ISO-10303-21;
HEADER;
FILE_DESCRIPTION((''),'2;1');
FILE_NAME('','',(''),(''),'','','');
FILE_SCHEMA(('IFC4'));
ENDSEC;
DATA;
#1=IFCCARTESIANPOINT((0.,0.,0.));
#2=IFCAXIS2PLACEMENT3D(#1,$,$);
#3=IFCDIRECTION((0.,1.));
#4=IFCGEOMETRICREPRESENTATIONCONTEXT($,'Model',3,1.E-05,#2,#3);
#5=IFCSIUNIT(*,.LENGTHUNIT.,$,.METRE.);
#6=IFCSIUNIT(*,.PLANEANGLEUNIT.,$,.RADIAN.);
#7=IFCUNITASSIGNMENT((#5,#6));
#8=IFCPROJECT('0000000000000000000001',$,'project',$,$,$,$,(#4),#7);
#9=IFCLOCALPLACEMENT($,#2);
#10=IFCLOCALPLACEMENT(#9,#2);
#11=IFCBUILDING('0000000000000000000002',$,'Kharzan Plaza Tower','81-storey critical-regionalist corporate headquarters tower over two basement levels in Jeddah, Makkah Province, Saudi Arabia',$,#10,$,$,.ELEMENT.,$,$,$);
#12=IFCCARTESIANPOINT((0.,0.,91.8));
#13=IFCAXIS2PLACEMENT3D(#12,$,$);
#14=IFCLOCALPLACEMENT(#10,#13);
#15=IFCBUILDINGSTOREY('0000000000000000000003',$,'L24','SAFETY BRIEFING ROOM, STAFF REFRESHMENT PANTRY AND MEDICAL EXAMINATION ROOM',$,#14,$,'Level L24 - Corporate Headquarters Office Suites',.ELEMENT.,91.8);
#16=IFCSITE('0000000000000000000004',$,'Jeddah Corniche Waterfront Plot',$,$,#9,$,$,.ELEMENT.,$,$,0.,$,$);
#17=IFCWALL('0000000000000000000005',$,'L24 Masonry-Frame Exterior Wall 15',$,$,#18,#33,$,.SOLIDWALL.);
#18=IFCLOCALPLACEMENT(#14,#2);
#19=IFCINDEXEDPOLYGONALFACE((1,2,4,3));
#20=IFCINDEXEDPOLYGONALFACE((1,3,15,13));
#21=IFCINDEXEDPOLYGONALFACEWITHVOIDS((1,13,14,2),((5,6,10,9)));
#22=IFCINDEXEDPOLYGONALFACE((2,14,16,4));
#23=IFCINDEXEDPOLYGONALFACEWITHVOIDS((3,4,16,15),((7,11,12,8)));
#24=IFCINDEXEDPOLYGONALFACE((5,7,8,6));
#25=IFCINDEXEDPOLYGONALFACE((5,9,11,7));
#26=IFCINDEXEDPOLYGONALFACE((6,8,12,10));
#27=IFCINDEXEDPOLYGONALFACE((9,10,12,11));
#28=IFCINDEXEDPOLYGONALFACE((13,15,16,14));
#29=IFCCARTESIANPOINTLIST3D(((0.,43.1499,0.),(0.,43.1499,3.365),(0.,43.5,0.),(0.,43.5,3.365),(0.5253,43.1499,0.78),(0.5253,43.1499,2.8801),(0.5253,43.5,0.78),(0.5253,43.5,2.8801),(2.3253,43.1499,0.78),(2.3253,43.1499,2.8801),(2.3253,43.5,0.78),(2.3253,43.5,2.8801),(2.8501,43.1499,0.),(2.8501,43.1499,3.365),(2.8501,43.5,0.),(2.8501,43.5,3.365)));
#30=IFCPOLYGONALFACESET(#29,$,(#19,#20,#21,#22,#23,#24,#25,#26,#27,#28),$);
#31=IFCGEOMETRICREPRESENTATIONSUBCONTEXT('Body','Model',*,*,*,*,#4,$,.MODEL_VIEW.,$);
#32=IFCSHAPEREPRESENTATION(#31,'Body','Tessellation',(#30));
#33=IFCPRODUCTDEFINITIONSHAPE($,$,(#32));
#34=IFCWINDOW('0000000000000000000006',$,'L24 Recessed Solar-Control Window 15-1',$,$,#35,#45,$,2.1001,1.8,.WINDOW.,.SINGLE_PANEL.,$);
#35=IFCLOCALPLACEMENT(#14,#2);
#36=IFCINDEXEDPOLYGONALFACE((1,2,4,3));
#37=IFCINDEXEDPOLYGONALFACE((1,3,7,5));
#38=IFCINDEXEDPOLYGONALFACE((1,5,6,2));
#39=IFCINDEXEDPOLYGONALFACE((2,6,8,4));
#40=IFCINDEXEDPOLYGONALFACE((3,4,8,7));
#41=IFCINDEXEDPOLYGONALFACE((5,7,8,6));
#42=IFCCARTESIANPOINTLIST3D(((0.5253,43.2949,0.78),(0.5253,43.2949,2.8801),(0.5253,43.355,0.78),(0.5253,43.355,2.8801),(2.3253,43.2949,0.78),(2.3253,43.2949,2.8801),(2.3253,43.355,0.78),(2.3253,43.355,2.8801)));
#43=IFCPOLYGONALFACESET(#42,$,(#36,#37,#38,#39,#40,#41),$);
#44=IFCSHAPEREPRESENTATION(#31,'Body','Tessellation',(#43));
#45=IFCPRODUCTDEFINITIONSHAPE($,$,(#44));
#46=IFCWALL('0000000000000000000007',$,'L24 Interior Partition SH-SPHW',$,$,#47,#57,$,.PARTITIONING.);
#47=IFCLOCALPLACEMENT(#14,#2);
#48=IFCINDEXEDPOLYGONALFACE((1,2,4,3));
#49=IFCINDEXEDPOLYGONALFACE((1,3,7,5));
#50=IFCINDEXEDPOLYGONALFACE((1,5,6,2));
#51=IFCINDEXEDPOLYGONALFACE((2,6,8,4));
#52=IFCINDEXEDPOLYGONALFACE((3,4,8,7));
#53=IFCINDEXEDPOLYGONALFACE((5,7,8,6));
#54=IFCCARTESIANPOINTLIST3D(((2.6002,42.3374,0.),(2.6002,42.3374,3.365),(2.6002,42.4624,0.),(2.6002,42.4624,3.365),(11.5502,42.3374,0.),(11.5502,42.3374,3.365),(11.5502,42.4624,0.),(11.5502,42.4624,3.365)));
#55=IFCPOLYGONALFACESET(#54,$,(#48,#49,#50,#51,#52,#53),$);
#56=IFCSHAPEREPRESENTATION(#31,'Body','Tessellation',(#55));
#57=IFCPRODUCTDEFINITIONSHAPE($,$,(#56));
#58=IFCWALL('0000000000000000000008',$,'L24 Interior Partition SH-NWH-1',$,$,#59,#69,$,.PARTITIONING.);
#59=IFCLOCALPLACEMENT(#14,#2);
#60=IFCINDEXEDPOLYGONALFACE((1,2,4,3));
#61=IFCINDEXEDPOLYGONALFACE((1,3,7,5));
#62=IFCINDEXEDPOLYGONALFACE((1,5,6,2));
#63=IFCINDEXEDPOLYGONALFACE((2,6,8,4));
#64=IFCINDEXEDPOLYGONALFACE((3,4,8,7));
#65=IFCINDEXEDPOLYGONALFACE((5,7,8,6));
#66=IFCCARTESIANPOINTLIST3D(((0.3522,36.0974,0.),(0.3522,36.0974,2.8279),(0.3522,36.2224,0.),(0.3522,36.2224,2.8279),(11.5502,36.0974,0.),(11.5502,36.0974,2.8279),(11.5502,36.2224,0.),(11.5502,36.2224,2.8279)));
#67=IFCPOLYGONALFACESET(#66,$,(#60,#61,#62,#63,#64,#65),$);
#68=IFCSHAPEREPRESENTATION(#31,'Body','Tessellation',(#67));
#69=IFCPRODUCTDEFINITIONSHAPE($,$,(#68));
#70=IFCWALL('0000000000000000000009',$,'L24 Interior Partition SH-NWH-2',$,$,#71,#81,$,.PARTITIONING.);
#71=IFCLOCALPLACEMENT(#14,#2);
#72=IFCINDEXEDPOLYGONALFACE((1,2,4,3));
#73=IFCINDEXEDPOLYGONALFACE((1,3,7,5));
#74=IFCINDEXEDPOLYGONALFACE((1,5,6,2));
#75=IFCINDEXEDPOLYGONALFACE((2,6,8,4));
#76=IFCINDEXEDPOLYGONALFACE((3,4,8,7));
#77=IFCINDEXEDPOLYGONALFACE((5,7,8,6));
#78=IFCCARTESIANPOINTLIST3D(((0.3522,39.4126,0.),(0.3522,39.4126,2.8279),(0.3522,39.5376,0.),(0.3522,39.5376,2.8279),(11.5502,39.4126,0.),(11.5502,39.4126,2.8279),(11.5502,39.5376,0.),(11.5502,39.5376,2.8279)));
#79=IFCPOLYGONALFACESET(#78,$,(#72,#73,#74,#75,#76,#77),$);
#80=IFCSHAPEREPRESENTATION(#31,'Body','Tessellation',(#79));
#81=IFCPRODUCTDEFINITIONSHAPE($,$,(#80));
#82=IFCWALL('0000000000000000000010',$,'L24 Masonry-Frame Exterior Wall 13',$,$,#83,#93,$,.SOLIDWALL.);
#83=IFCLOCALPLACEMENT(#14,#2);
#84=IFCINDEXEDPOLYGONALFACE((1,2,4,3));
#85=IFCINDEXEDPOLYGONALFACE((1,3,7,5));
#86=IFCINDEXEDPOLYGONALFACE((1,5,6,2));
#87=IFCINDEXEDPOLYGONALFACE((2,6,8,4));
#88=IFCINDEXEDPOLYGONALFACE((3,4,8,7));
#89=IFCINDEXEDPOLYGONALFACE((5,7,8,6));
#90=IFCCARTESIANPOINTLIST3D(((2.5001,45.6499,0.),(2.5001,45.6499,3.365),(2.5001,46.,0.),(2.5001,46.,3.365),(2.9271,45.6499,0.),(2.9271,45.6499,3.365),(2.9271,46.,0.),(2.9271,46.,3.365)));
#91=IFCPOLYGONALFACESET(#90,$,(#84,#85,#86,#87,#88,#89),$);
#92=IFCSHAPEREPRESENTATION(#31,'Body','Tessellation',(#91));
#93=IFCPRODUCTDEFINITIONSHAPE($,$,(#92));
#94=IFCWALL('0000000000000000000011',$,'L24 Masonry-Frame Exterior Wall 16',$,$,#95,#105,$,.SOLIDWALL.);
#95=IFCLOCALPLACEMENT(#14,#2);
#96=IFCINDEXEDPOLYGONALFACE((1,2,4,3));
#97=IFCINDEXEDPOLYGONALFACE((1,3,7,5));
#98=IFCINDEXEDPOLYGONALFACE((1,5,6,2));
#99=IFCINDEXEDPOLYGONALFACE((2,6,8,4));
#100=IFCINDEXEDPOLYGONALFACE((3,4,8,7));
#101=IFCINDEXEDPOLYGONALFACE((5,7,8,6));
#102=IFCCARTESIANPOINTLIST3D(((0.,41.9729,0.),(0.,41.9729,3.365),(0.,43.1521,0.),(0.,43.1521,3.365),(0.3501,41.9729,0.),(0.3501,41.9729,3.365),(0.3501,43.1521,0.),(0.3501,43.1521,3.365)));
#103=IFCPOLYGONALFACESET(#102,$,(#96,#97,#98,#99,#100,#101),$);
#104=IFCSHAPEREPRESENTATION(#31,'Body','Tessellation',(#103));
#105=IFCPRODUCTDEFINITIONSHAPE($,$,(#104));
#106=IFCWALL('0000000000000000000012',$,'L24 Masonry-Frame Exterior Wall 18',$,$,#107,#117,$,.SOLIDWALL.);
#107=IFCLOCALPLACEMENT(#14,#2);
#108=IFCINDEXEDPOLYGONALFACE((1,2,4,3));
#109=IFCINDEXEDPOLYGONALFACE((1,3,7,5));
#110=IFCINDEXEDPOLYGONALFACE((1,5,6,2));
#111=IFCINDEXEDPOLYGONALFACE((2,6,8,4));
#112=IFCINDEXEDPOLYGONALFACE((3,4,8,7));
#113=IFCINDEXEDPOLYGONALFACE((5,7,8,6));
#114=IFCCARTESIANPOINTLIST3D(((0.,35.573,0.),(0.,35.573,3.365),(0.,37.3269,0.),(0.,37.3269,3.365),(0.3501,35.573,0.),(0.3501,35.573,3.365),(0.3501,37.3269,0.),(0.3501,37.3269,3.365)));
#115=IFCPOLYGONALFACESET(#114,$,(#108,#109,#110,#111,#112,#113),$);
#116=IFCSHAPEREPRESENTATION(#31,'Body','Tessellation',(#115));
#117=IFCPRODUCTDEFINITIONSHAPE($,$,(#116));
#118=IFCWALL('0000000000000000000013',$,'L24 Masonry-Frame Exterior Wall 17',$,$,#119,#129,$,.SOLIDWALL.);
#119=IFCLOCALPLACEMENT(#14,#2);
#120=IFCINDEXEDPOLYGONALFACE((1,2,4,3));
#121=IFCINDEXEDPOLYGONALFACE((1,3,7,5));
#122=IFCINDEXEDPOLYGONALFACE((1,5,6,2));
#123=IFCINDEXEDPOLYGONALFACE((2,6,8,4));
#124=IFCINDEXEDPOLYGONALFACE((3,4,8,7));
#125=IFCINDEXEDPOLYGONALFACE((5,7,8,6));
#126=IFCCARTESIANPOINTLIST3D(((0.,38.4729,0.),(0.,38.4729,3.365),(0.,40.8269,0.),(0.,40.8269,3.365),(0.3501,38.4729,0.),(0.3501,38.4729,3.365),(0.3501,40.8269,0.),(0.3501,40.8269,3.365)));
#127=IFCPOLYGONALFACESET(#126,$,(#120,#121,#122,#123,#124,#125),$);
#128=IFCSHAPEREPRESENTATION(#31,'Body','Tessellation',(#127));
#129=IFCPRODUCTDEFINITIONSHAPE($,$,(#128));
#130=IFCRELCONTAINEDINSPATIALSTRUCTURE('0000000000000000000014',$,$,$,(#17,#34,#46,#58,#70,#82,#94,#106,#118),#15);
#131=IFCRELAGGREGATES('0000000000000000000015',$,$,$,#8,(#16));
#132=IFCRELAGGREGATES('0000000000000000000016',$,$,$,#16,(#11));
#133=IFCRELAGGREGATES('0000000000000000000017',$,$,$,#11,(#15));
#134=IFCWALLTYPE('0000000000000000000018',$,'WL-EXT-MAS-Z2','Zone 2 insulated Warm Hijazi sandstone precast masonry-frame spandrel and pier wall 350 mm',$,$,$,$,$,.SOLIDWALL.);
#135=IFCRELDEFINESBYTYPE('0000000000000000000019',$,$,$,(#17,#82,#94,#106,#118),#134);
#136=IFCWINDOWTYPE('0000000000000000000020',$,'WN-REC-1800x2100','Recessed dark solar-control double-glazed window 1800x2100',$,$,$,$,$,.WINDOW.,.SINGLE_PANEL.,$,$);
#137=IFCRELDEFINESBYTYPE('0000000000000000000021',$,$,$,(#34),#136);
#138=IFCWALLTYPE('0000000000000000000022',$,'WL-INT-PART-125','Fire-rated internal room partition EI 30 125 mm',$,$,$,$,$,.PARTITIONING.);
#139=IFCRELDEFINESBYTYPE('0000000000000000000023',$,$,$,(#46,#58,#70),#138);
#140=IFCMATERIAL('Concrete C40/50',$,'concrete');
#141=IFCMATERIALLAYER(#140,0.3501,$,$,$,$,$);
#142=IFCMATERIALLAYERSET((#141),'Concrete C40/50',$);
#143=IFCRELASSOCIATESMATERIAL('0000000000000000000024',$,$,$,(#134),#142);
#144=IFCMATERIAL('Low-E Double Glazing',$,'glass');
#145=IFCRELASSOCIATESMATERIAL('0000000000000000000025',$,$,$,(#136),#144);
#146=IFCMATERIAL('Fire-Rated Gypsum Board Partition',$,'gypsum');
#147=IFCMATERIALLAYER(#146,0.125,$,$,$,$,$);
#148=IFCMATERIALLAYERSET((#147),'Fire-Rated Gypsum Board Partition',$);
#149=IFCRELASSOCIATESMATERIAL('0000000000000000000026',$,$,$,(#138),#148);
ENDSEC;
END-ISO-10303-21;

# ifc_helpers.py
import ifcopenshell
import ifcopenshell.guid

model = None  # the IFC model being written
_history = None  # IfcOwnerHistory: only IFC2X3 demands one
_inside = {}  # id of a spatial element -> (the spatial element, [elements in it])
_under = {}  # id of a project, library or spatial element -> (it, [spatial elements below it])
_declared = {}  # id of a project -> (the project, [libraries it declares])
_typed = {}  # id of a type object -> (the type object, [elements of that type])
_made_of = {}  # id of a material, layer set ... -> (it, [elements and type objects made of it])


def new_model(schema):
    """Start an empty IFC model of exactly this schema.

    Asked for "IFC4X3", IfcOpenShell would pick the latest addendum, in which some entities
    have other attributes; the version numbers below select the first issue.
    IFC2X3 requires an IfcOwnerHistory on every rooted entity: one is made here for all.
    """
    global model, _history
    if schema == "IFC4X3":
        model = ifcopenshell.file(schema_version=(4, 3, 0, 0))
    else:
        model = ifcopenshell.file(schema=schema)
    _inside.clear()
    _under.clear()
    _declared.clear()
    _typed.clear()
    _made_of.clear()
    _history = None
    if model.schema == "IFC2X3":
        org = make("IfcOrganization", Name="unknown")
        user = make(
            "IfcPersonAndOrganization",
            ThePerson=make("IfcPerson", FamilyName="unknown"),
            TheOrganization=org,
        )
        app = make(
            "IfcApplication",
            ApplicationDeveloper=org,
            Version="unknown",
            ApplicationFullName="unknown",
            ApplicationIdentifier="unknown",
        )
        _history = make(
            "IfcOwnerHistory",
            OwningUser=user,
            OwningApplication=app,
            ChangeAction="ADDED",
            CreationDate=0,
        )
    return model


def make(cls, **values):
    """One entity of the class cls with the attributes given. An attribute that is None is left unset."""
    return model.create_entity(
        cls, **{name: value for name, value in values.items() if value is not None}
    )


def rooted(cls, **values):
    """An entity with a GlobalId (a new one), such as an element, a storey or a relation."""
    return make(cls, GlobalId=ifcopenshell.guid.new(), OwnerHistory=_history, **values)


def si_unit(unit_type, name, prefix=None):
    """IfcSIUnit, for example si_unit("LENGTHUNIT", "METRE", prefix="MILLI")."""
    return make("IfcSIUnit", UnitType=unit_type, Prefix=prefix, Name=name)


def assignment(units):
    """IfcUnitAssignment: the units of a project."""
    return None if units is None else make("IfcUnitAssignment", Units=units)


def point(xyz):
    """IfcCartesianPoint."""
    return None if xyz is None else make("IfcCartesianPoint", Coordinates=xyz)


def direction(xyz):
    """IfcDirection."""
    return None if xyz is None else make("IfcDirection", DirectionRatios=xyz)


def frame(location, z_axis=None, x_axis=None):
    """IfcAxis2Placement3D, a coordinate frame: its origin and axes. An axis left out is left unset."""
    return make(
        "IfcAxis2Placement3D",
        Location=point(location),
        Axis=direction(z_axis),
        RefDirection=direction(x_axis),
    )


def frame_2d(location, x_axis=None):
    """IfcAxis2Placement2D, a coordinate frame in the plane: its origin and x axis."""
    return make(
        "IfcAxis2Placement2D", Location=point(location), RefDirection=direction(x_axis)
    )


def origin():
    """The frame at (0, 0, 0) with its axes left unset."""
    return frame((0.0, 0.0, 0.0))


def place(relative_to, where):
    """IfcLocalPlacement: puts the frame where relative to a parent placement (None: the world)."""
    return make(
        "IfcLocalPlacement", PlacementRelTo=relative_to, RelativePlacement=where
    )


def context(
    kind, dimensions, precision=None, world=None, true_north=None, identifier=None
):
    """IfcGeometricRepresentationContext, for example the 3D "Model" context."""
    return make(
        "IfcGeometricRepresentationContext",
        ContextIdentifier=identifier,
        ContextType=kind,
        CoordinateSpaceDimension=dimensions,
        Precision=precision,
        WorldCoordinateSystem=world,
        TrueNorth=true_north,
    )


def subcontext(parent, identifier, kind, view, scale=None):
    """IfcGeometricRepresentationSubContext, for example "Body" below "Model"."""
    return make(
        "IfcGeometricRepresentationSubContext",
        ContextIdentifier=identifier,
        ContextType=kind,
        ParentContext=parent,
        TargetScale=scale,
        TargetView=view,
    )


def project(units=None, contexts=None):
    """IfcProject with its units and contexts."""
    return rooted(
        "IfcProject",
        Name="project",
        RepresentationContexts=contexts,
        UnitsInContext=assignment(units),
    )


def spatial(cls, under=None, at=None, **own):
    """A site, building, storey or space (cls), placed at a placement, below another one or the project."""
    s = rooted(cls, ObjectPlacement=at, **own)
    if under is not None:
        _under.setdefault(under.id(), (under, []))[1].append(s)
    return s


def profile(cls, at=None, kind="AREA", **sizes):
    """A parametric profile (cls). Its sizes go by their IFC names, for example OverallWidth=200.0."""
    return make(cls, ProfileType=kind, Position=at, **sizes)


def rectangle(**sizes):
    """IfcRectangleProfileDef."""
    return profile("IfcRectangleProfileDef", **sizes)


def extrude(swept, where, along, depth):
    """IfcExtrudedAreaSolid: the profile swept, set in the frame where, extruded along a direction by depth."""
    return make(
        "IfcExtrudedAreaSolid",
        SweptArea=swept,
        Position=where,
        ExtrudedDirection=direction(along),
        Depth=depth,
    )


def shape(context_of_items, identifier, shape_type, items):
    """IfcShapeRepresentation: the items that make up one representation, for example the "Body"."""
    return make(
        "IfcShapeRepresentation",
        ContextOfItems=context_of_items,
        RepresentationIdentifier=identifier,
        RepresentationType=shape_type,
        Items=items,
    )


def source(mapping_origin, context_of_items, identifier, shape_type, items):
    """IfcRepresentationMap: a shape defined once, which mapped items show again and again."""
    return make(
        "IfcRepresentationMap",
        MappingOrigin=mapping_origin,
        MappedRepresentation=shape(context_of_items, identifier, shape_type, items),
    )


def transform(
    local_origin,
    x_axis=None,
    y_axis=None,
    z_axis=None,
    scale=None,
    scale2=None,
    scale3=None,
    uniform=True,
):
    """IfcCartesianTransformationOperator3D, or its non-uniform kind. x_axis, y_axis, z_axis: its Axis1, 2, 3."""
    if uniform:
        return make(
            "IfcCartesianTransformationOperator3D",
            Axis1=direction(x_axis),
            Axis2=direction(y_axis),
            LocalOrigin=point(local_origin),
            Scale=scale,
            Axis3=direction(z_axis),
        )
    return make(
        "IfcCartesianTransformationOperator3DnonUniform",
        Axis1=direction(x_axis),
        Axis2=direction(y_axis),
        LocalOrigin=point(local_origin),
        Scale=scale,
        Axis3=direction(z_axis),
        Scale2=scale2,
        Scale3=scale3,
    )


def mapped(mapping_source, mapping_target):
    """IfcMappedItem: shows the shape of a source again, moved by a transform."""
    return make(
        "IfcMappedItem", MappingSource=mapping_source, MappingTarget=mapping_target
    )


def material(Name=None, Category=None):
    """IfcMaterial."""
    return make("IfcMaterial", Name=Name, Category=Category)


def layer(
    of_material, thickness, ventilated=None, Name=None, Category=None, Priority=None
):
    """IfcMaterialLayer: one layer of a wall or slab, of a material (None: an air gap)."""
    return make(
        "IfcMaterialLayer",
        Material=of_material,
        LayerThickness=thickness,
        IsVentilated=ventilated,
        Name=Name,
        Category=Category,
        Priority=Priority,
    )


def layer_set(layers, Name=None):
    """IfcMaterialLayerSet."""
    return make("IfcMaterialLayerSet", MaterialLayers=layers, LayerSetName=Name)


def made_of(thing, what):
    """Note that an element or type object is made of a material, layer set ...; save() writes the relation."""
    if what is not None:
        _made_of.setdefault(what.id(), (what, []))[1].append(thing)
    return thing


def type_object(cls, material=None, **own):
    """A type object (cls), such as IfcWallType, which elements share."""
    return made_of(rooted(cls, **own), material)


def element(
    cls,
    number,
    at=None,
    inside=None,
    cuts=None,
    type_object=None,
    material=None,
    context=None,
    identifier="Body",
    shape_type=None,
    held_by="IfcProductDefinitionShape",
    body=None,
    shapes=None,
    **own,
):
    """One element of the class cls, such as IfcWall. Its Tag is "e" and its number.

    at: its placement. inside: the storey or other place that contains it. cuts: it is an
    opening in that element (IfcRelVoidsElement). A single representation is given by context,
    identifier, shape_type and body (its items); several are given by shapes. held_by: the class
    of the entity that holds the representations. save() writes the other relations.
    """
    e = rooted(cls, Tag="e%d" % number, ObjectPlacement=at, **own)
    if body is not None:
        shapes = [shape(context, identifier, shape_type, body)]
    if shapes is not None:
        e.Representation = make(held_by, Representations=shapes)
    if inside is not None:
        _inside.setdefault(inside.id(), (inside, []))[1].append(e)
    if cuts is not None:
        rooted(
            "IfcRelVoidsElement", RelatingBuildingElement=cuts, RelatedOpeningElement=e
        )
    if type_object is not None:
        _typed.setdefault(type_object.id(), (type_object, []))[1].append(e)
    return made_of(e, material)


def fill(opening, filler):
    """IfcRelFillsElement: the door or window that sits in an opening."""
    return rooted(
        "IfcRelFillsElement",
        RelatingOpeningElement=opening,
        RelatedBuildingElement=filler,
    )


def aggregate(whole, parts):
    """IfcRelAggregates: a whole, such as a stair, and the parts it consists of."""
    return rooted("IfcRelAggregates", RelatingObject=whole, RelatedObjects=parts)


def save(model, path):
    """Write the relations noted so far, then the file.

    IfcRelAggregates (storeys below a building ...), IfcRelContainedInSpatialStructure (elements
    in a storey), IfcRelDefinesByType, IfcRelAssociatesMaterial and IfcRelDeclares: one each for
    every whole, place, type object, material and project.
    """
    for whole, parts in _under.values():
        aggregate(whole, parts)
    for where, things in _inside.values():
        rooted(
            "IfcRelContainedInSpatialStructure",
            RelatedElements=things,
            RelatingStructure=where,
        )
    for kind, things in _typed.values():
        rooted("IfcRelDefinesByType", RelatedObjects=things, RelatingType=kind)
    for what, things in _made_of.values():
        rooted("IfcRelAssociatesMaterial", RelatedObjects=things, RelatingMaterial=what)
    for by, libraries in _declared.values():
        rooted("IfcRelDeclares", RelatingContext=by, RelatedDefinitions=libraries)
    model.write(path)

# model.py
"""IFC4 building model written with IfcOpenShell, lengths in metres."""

from ifc_helpers import new_model, si_unit, direction, frame, frame_2d, origin, place, context, subcontext, project, spatial, rectangle, extrude, source, transform, mapped, material, layer, layer_set, type_object, element, fill, save


model = new_model("IFC4")

# Units and contexts
model_context = context("Model", 3, precision=1e-05, world=origin(), true_north=direction((0.0, 1.0)))
body_context = subcontext(model_context, "Body", "Model", "MODEL_VIEW")
ifc_project = project(units=[si_unit("LENGTHUNIT", "METRE"), si_unit("PLANEANGLEUNIT", "RADIAN")], contexts=[model_context])

# Site, building, storey
site_placement = place(None, origin())
site = spatial("IfcSite", under=ifc_project, at=site_placement, Name="Jeddah Corniche Waterfront Plot", CompositionType="ELEMENT", RefElevation=0.0)
building_placement = place(site_placement, origin())
building = spatial("IfcBuilding", under=site, at=building_placement, Name="Kharzan Plaza Tower", Description="81-storey critical-regionalist corporate headquarters tower over two basement levels in Jeddah, Makkah Province, Saudi Arabia", CompositionType="ELEMENT")
storey_placement = place(building_placement, frame((0.0, 0.0, 91.8)))
storey = spatial("IfcBuildingStorey", under=building, at=storey_placement, Name="L24", Description="SAFETY BRIEFING ROOM, STAFF REFRESHMENT PANTRY AND MEDICAL EXAMINATION ROOM", LongName="Level L24 - Corporate Headquarters Office Suites", CompositionType="ELEMENT", Elevation=91.8)

# Wall, opening, window
ifc_material_1 = material(Name="Concrete C40/50", Category="concrete")
ifc_layer_1 = layer(ifc_material_1, 0.3501)
ifc_layer_set_1 = layer_set([ifc_layer_1], Name="Concrete C40/50")
wall_type_1 = type_object("IfcWallType", Name="WL-EXT-MAS-Z2", Description="Zone 2 insulated Warm Hijazi sandstone precast masonry-frame spandrel and pier wall 350 mm", PredefinedType="SOLIDWALL", material=ifc_layer_set_1)
ifc_material_2 = material(Name="Low-E Double Glazing", Category="glass")
wall_1_placement = place(storey_placement, frame((2.8501, 43.325, 0.0), z_axis=(0.0, 0.0, 1.0), x_axis=(-1.0, 0.0, 0.0)))
wall_1 = element("IfcWall", 1, at=wall_1_placement, inside=storey, type_object=wall_type_1, Name="L24 Masonry-Frame Exterior Wall 15", PredefinedType="SOLIDWALL", context=body_context, shape_type="SweptSolid", body=[
    extrude(rectangle(XDim=2.8501, YDim=0.3501, at=frame_2d((1.425, 0.0))), origin(), (0.0, 0.0, 1.0), 3.365),
])
opening_1_placement = place(wall_1_placement, frame((0.5249, 0.0, 0.78)))
opening_1 = element("IfcOpeningElement", 2, at=opening_1_placement, cuts=wall_1, PredefinedType="OPENING", context=body_context, shape_type="SweptSolid", body=[
    extrude(rectangle(XDim=1.8, YDim=2.1001, at=frame_2d((0.8999, 1.05))), frame((0.0, 0.1851, 0.0), z_axis=(0.0, -1.0, 0.0), x_axis=(1.0, 0.0, 0.0)), (0.0, 0.0, 1.0), 0.3701),
])
window_type_1 = type_object("IfcWindowType", Name="WN-REC-1800x2100", Description="Recessed dark solar-control double-glazed window 1800x2100", PartitioningType="SINGLE_PANEL", PredefinedType="WINDOW", material=ifc_material_2)
shared_shape_1 = source(origin(), body_context, "Body", "SweptSolid", [
    extrude(rectangle(XDim=1.8, YDim=2.1001, at=frame_2d((0.8999, 1.05))), frame((0.0, 0.03, 0.0), z_axis=(0.0, -1.0, 0.0), x_axis=(1.0, 0.0, 0.0)), (0.0, 0.0, 1.0), 0.0601),
])
window_1_placement = place(opening_1_placement, origin())
window_1 = element("IfcWindow", 3, at=window_1_placement, inside=storey, type_object=window_type_1, Name="L24 Recessed Solar-Control Window 15-1", OverallHeight=2.1001, OverallWidth=1.8, PartitioningType="SINGLE_PANEL", PredefinedType="WINDOW", context=body_context, shape_type="MappedRepresentation", body=[
    mapped(shared_shape_1, transform((0.0, 0.0, 0.0), x_axis=(1.0, 0.0, 0.0), y_axis=(0.0, 1.0, 0.0), z_axis=(0.0, 0.0, 1.0))),
])
fill(opening_1, window_1)

# Walls
ifc_material_3 = material(Name="Fire-Rated Gypsum Board Partition", Category="gypsum")
ifc_layer_2 = layer(ifc_material_3, 0.125)
ifc_layer_set_2 = layer_set([ifc_layer_2], Name="Fire-Rated Gypsum Board Partition")
wall_type_2 = type_object("IfcWallType", Name="WL-INT-PART-125", Description="Fire-rated internal room partition EI 30 125 mm", PredefinedType="PARTITIONING", material=ifc_layer_set_2)
shared_shape_2 = source(origin(), body_context, "Body", "SweptSolid", [
    extrude(rectangle(XDim=8.95, YDim=0.125, at=frame_2d((4.4751, 0.0))), origin(), (0.0, 0.0, 1.0), 3.365),
])
wall_2_placement = place(storey_placement, frame((2.6001, 42.3999, 0.0), z_axis=(0.0, 0.0, 1.0), x_axis=(1.0, 0.0, 0.0)))
element("IfcWall", 4, at=wall_2_placement, inside=storey, type_object=wall_type_2, Name="L24 Interior Partition SH-SPHW", PredefinedType="PARTITIONING", context=body_context, shape_type="MappedRepresentation", body=[
    mapped(shared_shape_2, transform((0.0, 0.0, 0.0), x_axis=(1.0, 0.0, 0.0), y_axis=(0.0, 1.0, 0.0), z_axis=(0.0, 0.0, 1.0))),
])
shared_shape_3 = source(origin(), body_context, "Body", "SweptSolid", [
    extrude(rectangle(XDim=11.198, YDim=0.125, at=frame_2d((5.5991, 0.0))), origin(), (0.0, 0.0, 1.0), 2.8279),
])
for number, where, z_axis, x_axis, name in (
    (5, (0.3521, 36.1599, 0.0), (0.0, 0.0, 1.0), (1.0, 0.0, 0.0), "L24 Interior Partition SH-NWH-1"),
    (6, (0.3521, 39.4751, 0.0), (0.0, 0.0, 1.0), (1.0, 0.0, 0.0), "L24 Interior Partition SH-NWH-2"),
):
    element("IfcWall", number, at=place(storey_placement, frame(where, z_axis=z_axis, x_axis=x_axis)), inside=storey, type_object=wall_type_2, Name=name, PredefinedType="PARTITIONING", context=body_context, shape_type="MappedRepresentation", body=[
        mapped(shared_shape_3, transform((0.0, 0.0, 0.0), x_axis=(1.0, 0.0, 0.0), y_axis=(0.0, 1.0, 0.0), z_axis=(0.0, 0.0, 1.0))),
    ])
shared_shape_4 = source(origin(), body_context, "Body", "SweptSolid", [
    extrude(rectangle(XDim=0.427, YDim=0.3501, at=frame_2d((0.2134, 0.0))), origin(), (0.0, 0.0, 1.0), 3.365),
])
wall_3_placement = place(storey_placement, frame((2.927, 45.825, 0.0), z_axis=(0.0, 0.0, 1.0), x_axis=(-1.0, 0.0, 0.0)))
element("IfcWall", 7, at=wall_3_placement, inside=storey, type_object=wall_type_1, Name="L24 Masonry-Frame Exterior Wall 13", PredefinedType="SOLIDWALL", context=body_context, shape_type="MappedRepresentation", body=[
    mapped(shared_shape_4, transform((0.0, 0.0, 0.0), x_axis=(1.0, 0.0, 0.0), y_axis=(0.0, 1.0, 0.0), z_axis=(0.0, 0.0, 1.0))),
])
shared_shape_5 = source(origin(), body_context, "Body", "SweptSolid", [
    extrude(rectangle(XDim=1.1792, YDim=0.3501, at=frame_2d((0.5896, 0.0))), origin(), (0.0, 0.0, 1.0), 3.365),
])
wall_4_placement = place(storey_placement, frame((0.175, 43.1521, 0.0), z_axis=(0.0, 0.0, 1.0), x_axis=(0.0, -1.0, 0.0)))
element("IfcWall", 8, at=wall_4_placement, inside=storey, type_object=wall_type_1, Name="L24 Masonry-Frame Exterior Wall 16", PredefinedType="SOLIDWALL", context=body_context, shape_type="MappedRepresentation", body=[
    mapped(shared_shape_5, transform((0.0, 0.0, 0.0), x_axis=(1.0, 0.0, 0.0), y_axis=(0.0, 1.0, 0.0), z_axis=(0.0, 0.0, 1.0))),
])
shared_shape_6 = source(origin(), body_context, "Body", "SweptSolid", [
    extrude(rectangle(XDim=1.7539, YDim=0.3501, at=frame_2d((0.877, 0.0))), origin(), (0.0, 0.0, 1.0), 3.365),
])
wall_5_placement = place(storey_placement, frame((0.175, 37.3269, 0.0), z_axis=(0.0, 0.0, 1.0), x_axis=(0.0, -1.0, 0.0)))
element("IfcWall", 9, at=wall_5_placement, inside=storey, type_object=wall_type_1, Name="L24 Masonry-Frame Exterior Wall 18", PredefinedType="SOLIDWALL", context=body_context, shape_type="MappedRepresentation", body=[
    mapped(shared_shape_6, transform((0.0, 0.0, 0.0), x_axis=(1.0, 0.0, 0.0), y_axis=(0.0, 1.0, 0.0), z_axis=(0.0, 0.0, 1.0))),
])
shared_shape_7 = source(origin(), body_context, "Body", "SweptSolid", [
    extrude(rectangle(XDim=2.354, YDim=0.3501, at=frame_2d((1.177, 0.0))), origin(), (0.0, 0.0, 1.0), 3.365),
])
wall_6_placement = place(storey_placement, frame((0.175, 40.8269, 0.0), z_axis=(0.0, 0.0, 1.0), x_axis=(0.0, -1.0, 0.0)))
element("IfcWall", 10, at=wall_6_placement, inside=storey, type_object=wall_type_1, Name="L24 Masonry-Frame Exterior Wall 17", PredefinedType="SOLIDWALL", context=body_context, shape_type="MappedRepresentation", body=[
    mapped(shared_shape_7, transform((0.0, 0.0, 0.0), x_axis=(1.0, 0.0, 0.0), y_axis=(0.0, 1.0, 0.0), z_axis=(0.0, 0.0, 1.0))),
])

save(model, "model.ifc")
